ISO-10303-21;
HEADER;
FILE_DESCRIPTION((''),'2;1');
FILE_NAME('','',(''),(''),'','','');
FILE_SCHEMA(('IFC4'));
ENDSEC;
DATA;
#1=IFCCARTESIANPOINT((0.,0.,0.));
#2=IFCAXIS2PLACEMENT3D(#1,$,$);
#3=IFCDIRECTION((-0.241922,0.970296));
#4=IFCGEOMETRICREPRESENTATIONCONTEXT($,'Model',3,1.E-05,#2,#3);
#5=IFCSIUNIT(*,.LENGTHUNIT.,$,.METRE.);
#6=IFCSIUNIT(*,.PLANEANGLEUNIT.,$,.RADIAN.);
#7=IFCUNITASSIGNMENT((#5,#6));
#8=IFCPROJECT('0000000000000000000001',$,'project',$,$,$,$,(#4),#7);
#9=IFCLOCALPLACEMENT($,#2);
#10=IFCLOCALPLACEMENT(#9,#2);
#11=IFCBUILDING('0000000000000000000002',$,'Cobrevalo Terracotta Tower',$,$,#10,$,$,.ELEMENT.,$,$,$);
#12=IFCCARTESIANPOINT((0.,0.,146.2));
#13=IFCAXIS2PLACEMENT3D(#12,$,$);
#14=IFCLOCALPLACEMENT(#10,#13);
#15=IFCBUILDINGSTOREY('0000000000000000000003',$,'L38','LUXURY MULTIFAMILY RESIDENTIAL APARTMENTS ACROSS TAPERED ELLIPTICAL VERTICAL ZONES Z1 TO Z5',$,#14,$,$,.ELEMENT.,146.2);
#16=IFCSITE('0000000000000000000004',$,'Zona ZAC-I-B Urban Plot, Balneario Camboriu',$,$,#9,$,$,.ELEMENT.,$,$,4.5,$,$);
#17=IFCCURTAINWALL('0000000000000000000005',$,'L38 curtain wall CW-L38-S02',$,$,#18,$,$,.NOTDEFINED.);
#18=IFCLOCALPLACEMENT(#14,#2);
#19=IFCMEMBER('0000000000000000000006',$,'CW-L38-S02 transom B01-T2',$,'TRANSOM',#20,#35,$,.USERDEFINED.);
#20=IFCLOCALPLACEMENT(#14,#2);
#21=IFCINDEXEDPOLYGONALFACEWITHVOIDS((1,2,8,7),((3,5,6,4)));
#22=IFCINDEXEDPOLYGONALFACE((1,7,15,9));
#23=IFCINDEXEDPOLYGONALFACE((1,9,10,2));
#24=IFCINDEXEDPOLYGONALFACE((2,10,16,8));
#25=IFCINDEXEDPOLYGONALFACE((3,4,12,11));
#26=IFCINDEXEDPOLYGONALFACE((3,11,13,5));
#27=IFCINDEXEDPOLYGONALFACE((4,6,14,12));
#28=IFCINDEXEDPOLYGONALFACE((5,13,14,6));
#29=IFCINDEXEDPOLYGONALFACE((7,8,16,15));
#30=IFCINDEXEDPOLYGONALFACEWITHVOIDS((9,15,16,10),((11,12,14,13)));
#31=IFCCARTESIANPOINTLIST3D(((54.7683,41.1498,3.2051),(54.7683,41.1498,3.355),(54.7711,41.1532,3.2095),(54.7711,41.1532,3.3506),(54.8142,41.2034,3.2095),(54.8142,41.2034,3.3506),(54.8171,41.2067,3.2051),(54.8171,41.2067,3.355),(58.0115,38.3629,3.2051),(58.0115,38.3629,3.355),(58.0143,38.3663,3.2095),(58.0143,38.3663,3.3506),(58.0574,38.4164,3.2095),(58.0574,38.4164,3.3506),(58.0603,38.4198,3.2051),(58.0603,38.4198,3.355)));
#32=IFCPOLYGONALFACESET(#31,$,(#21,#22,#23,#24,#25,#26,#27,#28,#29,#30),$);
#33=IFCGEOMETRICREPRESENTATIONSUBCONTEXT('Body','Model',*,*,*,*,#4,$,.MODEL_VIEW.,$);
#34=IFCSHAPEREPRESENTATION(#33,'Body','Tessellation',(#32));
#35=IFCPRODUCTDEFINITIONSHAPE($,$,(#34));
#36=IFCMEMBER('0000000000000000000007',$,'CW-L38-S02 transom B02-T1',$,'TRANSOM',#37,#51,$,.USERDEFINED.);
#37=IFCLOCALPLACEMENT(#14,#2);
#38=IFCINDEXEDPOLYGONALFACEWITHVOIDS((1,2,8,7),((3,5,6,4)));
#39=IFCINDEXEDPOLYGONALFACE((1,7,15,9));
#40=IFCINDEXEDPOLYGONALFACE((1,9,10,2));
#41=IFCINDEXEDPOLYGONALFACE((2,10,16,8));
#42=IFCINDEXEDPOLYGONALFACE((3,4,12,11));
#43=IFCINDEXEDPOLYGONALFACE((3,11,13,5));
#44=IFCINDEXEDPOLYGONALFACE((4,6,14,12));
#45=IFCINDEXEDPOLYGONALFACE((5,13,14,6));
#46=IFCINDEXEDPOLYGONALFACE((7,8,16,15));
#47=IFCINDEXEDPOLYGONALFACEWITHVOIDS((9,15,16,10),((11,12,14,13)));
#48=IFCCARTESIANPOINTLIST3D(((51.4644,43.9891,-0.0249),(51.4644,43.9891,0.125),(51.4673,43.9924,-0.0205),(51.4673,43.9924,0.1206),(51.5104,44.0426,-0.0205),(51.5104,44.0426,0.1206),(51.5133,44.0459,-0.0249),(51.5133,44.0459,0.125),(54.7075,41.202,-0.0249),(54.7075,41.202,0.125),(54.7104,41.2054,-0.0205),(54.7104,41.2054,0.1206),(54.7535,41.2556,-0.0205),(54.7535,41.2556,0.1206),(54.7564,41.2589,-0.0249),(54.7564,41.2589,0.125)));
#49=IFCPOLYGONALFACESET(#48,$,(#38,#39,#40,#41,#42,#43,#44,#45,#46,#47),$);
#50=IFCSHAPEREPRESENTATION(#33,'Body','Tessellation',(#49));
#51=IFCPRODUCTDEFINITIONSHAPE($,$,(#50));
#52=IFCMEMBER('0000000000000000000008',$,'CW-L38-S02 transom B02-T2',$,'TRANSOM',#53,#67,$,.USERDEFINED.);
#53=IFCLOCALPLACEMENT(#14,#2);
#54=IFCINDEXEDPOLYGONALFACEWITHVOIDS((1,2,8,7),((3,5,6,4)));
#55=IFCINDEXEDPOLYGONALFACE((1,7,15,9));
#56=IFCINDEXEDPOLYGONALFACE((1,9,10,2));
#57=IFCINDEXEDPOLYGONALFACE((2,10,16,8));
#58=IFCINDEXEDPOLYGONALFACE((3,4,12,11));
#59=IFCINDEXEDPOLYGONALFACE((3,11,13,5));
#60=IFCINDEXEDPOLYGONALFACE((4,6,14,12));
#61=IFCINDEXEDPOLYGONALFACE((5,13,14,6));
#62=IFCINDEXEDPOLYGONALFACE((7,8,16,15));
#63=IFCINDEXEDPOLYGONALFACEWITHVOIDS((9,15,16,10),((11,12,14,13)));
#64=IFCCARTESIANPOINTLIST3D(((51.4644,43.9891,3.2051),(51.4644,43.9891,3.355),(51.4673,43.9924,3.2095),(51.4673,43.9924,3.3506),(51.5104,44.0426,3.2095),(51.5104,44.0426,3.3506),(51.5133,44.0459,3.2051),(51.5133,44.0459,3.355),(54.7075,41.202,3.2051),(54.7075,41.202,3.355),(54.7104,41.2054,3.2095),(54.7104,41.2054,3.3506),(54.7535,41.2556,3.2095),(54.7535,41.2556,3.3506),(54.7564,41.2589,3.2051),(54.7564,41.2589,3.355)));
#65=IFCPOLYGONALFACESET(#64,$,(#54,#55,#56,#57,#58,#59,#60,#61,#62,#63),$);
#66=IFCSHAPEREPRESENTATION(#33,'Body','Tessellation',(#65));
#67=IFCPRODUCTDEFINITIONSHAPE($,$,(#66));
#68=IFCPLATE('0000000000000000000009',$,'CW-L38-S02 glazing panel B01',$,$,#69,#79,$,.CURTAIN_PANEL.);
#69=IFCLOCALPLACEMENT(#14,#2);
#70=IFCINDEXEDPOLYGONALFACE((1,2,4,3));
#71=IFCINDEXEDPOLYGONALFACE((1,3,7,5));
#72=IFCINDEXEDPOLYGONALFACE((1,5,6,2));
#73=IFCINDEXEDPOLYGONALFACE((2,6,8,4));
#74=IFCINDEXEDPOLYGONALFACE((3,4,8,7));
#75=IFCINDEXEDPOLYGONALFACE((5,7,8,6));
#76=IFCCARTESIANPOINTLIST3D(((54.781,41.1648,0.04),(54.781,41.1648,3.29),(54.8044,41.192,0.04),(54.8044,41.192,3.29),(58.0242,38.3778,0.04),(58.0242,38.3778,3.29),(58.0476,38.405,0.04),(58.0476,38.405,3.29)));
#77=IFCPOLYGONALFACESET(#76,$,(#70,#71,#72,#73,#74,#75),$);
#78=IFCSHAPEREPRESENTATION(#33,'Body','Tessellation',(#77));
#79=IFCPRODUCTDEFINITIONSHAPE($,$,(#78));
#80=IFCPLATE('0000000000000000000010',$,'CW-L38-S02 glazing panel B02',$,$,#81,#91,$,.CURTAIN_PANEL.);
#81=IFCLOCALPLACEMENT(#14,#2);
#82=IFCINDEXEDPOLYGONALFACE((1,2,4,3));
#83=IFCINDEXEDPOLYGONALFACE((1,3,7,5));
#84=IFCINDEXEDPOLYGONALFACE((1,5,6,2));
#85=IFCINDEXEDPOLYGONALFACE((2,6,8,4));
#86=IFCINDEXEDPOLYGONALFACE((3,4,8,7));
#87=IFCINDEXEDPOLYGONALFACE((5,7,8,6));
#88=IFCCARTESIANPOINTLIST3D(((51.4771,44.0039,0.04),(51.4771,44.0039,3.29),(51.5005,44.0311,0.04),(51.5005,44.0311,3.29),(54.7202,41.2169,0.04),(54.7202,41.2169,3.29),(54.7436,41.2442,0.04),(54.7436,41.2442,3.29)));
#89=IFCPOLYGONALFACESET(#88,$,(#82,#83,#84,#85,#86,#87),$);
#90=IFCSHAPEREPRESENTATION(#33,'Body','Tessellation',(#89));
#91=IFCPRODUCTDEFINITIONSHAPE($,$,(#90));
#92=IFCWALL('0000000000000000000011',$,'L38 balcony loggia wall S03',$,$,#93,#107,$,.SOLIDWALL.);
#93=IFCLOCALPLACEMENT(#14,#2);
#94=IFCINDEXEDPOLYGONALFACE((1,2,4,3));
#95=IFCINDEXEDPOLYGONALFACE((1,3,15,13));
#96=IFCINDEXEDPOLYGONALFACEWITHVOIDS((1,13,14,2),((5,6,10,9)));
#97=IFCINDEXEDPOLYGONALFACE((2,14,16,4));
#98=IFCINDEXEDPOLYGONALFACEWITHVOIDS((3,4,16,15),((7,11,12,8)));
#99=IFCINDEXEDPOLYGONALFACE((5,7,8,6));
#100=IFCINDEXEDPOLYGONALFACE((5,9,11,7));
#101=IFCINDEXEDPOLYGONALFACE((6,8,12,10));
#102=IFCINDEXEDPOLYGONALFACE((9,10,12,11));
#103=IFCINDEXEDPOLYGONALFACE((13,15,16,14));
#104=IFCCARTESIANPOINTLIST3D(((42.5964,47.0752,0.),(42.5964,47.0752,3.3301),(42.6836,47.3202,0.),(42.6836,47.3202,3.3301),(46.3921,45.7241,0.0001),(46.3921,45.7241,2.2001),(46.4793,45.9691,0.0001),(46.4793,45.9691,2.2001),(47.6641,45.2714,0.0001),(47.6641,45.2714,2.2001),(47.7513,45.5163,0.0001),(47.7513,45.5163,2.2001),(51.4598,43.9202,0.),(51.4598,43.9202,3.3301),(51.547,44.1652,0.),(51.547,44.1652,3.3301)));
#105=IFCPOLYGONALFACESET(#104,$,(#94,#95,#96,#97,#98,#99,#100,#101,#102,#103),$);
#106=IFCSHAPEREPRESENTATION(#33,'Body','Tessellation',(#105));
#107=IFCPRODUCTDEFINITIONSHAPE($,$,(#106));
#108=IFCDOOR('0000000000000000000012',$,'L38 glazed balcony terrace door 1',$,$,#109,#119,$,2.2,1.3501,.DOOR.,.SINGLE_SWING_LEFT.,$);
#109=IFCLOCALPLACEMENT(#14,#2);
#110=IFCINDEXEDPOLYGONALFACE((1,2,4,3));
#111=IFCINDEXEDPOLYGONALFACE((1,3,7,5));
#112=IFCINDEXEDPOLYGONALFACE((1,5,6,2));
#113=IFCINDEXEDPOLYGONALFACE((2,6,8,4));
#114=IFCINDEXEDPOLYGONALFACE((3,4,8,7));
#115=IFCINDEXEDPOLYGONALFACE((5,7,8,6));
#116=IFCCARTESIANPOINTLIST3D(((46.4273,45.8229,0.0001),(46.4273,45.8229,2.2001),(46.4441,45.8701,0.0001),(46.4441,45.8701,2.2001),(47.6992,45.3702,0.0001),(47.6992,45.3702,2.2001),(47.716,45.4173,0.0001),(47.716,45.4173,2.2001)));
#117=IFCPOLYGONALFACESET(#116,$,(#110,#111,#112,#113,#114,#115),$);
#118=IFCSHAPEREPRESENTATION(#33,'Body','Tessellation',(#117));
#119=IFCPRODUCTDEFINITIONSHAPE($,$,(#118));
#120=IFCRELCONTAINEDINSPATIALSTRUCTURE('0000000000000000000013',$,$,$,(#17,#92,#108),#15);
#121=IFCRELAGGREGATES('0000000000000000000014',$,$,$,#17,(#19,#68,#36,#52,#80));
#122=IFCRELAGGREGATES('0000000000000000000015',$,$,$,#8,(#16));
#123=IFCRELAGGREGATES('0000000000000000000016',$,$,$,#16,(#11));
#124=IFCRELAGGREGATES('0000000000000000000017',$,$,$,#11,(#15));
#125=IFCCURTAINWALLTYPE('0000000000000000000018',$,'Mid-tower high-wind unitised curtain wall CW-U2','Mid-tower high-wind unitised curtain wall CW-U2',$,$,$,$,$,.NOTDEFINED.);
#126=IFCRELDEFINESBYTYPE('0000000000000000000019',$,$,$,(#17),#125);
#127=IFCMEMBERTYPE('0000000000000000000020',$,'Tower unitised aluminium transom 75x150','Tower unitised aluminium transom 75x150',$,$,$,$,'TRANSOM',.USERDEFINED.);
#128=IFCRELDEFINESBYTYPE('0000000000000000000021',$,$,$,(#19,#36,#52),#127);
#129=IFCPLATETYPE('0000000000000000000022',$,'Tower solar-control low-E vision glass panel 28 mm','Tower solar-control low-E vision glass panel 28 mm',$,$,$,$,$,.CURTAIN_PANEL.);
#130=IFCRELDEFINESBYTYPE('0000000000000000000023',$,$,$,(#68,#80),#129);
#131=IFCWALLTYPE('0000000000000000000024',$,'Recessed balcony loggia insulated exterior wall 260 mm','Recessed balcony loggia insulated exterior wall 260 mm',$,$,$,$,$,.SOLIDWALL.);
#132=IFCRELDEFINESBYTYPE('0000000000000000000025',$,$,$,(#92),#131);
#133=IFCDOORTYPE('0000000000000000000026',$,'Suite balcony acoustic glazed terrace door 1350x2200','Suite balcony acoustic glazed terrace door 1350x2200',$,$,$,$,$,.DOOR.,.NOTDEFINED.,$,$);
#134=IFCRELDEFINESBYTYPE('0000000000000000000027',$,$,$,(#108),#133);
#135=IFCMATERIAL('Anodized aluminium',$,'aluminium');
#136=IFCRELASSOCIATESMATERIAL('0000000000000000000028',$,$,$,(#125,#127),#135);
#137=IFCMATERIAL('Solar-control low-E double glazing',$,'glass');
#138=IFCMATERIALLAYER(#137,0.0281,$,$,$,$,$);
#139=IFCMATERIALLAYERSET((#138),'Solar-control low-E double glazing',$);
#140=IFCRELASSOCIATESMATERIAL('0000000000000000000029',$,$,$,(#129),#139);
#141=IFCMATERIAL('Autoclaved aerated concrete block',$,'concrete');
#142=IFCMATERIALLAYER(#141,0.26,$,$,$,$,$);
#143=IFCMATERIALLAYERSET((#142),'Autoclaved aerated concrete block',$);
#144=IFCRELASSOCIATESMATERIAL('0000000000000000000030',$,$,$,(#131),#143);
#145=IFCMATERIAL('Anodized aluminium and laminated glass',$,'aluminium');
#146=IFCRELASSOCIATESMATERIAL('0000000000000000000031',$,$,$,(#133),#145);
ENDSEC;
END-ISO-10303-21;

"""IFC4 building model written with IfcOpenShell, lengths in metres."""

from ifc_helpers import new_model, si_unit, direction, frame, frame_2d, origin, origin_2d, place, context, subcontext, project, spatial, rectangle, hollow_rectangle, extrude, source, transform, mapped, material, layer, layer_set, material_profile, profile_set, type_object, element, fill, aggregate, save


model = new_model("IFC4")

# Units and contexts
model_context = context("Model", 3, precision=1e-05, world=origin(), true_north=direction((-0.241922, 0.970296)))
body_context = subcontext(model_context, "Body", "Model", "MODEL_VIEW")
ifc_project = project(units=[si_unit("LENGTHUNIT", "METRE"), si_unit("PLANEANGLEUNIT", "RADIAN")], contexts=[model_context])

# Site, building, storey
site_placement = place(None, origin())
site = spatial("IfcSite", under=ifc_project, at=site_placement, Name="Zona ZAC-I-B Urban Plot, Balneario Camboriu", CompositionType="ELEMENT", RefElevation=4.5)
building_placement = place(site_placement, origin())
building = spatial("IfcBuilding", under=site, at=building_placement, Name="Cobrevalo Terracotta Tower", CompositionType="ELEMENT")
storey_placement = place(building_placement, frame((0.0, 0.0, 146.2)))
storey = spatial("IfcBuildingStorey", under=building, at=storey_placement, Name="L38", Description="LUXURY MULTIFAMILY RESIDENTIAL APARTMENTS ACROSS TAPERED ELLIPTICAL VERTICAL ZONES Z1 TO Z5", CompositionType="ELEMENT", Elevation=146.2)

# Shared definitions
ifc_material_1 = material(Name="Anodized aluminium", Category="aluminium")
curtain_wall_type = type_object("IfcCurtainWallType", Name="Mid-tower high-wind unitised curtain wall CW-U2", Description="Mid-tower high-wind unitised curtain wall CW-U2", PredefinedType="NOTDEFINED", material=ifc_material_1)

# Curtain wall, members, plates
curtain_wall_1_placement = place(storey_placement, origin())
curtain_wall_1 = element("IfcCurtainWall", 1, at=curtain_wall_1_placement, inside=storey, type_object=curtain_wall_type, Name="L38 curtain wall CW-L38-S02", PredefinedType="NOTDEFINED")
ifc_material_profile_1 = material_profile(ifc_material_1, hollow_rectangle(XDim=0.075, YDim=0.1499, WallThickness=0.0044, at=origin_2d()), Name="CWT 75x150")
ifc_profile_set_1 = profile_set([ifc_material_profile_1], Name="Anodized aluminium")
member_type_1 = type_object("IfcMemberType", Name="Tower unitised aluminium transom 75x150", Description="Tower unitised aluminium transom 75x150", ElementType="TRANSOM", PredefinedType="USERDEFINED", material=ifc_profile_set_1)
shared_shape_1 = source(origin(), body_context, "Body", "SweptSolid", [
    extrude(hollow_rectangle(XDim=0.075, YDim=0.1499, WallThickness=0.0044, at=origin_2d()), origin(), (0.0, 0.0, 1.0), 4.2761),
])
member_1_placement = place(storey_placement, frame((58.0359, 38.3914, 3.28), z_axis=(-0.758446, 0.651736, 0.0), x_axis=(-0.651736, -0.758446, 0.0)))
member_1 = element("IfcMember", 2, at=member_1_placement, type_object=member_type_1, Name="CW-L38-S02 transom B01-T2", ObjectType="TRANSOM", PredefinedType="USERDEFINED", context=body_context, shape_type="MappedRepresentation", body=[
    mapped(shared_shape_1, transform((0.0, 0.0, 0.0), scale=1.0)),
])
member_2_placement = place(storey_placement, frame((54.7319, 41.2305, 0.05), z_axis=(-0.758418, 0.651769, 0.0), x_axis=(-0.651769, -0.758418, 0.0)))
member_2 = element("IfcMember", 3, at=member_2_placement, type_object=member_type_1, Name="CW-L38-S02 transom B02-T1", ObjectType="TRANSOM", PredefinedType="USERDEFINED", context=body_context, shape_type="MappedRepresentation", body=[
    mapped(shared_shape_1, transform((0.0, 0.0, 0.0), scale=1.0)),
])
member_3_placement = place(storey_placement, frame((54.7319, 41.2305, 3.28), z_axis=(-0.758418, 0.651769, 0.0), x_axis=(-0.651769, -0.758418, 0.0)))
member_3 = element("IfcMember", 4, at=member_3_placement, type_object=member_type_1, Name="CW-L38-S02 transom B02-T2", ObjectType="TRANSOM", PredefinedType="USERDEFINED", context=body_context, shape_type="MappedRepresentation", body=[
    mapped(shared_shape_1, transform((0.0, 0.0, 0.0), scale=1.0)),
])
ifc_material_2 = material(Name="Solar-control low-E double glazing", Category="glass")
ifc_layer_1 = layer(ifc_material_2, 0.0281)
ifc_layer_set_1 = layer_set([ifc_layer_1], Name="Solar-control low-E double glazing")
plate_type = type_object("IfcPlateType", Name="Tower solar-control low-E vision glass panel 28 mm", Description="Tower solar-control low-E vision glass panel 28 mm", PredefinedType="CURTAIN_PANEL", material=ifc_layer_set_1)
shared_shape_2 = source(origin(), body_context, "Body", "SweptSolid", [
    extrude(rectangle(XDim=4.2761, YDim=0.0359, at=origin_2d()), origin(), (0.0, 0.0, 1.0), 3.25),
])
plate_1_placement = place(storey_placement, frame((56.4143, 39.7849, 0.04), z_axis=(0.0, 0.0, 1.0), x_axis=(-0.758437, 0.651746, 0.0)))
plate_1 = element("IfcPlate", 5, at=plate_1_placement, type_object=plate_type, Name="CW-L38-S02 glazing panel B01", PredefinedType="CURTAIN_PANEL", context=body_context, shape_type="MappedRepresentation", body=[
    mapped(shared_shape_2, transform((0.0, 0.0, 0.0), scale=1.0)),
])
plate_2_placement = place(storey_placement, frame((53.1104, 42.624, 0.04), z_axis=(0.0, 0.0, 1.0), x_axis=(-0.758437, 0.651746, 0.0)))
plate_2 = element("IfcPlate", 6, at=plate_2_placement, type_object=plate_type, Name="CW-L38-S02 glazing panel B02", PredefinedType="CURTAIN_PANEL", context=body_context, shape_type="MappedRepresentation", body=[
    mapped(shared_shape_2, transform((0.0, 0.0, 0.0), scale=1.0)),
])
aggregate(curtain_wall_1, [member_1, plate_1, member_2, member_3, plate_2])

# Wall, opening, door
ifc_material_3 = material(Name="Autoclaved aerated concrete block", Category="concrete")
ifc_layer_2 = layer(ifc_material_3, 0.26)
ifc_layer_set_2 = layer_set([ifc_layer_2], Name="Autoclaved aerated concrete block")
wall_type_1 = type_object("IfcWallType", Name="Recessed balcony loggia insulated exterior wall 260 mm", Description="Recessed balcony loggia insulated exterior wall 260 mm", PredefinedType="SOLIDWALL", material=ifc_layer_set_2)
wall_1_placement = place(storey_placement, frame((51.5034, 44.0427, 0.0), z_axis=(0.0, 0.0, 1.0), x_axis=(-0.942095, 0.335345, 0.0)))
wall_1 = element("IfcWall", 7, at=wall_1_placement, inside=storey, type_object=wall_type_1, Name="L38 balcony loggia wall S03", PredefinedType="SOLIDWALL", context=body_context, shape_type="SweptSolid", body=[
    extrude(rectangle(XDim=9.4082, YDim=0.26, at=frame_2d((4.7041, 0.0))), origin(), (0.0, 0.0, 1.0), 3.3301),
])
opening_1_placement = place(wall_1_placement, frame((4.0291, 0.0, 0.0)))
opening_1 = element("IfcOpeningElement", 8, at=opening_1_placement, cuts=wall_1, PredefinedType="OPENING", context=body_context, shape_type="SweptSolid", body=[
    extrude(rectangle(XDim=1.3501, YDim=2.2, at=frame_2d((0.675, 1.1001))), frame((0.0, 0.1401, 0.0), z_axis=(0.0, -1.0, 0.0), x_axis=(1.0, 0.0, 0.0)), (0.0, 0.0, 1.0), 0.28),
])
ifc_material_4 = material(Name="Anodized aluminium and laminated glass", Category="aluminium")
door_type_1 = type_object("IfcDoorType", Name="Suite balcony acoustic glazed terrace door 1350x2200", Description="Suite balcony acoustic glazed terrace door 1350x2200", OperationType="NOTDEFINED", PredefinedType="DOOR", material=ifc_material_4)
shared_shape_3 = source(origin(), body_context, "Body", "SweptSolid", [
    extrude(rectangle(XDim=1.3501, YDim=2.2, at=frame_2d((0.675, 1.1001))), frame((0.0, 0.0249, 0.0), z_axis=(0.0, -1.0, 0.0), x_axis=(1.0, 0.0, 0.0)), (0.0, 0.0, 1.0), 0.05),
])
door_1_placement = place(opening_1_placement, frame((1.3501, 0.0, 0.0), z_axis=(0.0, 0.0, 1.0), x_axis=(-1.0, 0.0, 0.0)))
door_1 = element("IfcDoor", 9, at=door_1_placement, inside=storey, type_object=door_type_1, Name="L38 glazed balcony terrace door 1", OperationType="SINGLE_SWING_LEFT", OverallHeight=2.2, OverallWidth=1.3501, PredefinedType="DOOR", context=body_context, shape_type="MappedRepresentation", body=[
    mapped(shared_shape_3, transform((0.0, 0.0, 0.0), scale=1.0)),
])
fill(opening_1, door_1)

save(model, "model.ifc")
